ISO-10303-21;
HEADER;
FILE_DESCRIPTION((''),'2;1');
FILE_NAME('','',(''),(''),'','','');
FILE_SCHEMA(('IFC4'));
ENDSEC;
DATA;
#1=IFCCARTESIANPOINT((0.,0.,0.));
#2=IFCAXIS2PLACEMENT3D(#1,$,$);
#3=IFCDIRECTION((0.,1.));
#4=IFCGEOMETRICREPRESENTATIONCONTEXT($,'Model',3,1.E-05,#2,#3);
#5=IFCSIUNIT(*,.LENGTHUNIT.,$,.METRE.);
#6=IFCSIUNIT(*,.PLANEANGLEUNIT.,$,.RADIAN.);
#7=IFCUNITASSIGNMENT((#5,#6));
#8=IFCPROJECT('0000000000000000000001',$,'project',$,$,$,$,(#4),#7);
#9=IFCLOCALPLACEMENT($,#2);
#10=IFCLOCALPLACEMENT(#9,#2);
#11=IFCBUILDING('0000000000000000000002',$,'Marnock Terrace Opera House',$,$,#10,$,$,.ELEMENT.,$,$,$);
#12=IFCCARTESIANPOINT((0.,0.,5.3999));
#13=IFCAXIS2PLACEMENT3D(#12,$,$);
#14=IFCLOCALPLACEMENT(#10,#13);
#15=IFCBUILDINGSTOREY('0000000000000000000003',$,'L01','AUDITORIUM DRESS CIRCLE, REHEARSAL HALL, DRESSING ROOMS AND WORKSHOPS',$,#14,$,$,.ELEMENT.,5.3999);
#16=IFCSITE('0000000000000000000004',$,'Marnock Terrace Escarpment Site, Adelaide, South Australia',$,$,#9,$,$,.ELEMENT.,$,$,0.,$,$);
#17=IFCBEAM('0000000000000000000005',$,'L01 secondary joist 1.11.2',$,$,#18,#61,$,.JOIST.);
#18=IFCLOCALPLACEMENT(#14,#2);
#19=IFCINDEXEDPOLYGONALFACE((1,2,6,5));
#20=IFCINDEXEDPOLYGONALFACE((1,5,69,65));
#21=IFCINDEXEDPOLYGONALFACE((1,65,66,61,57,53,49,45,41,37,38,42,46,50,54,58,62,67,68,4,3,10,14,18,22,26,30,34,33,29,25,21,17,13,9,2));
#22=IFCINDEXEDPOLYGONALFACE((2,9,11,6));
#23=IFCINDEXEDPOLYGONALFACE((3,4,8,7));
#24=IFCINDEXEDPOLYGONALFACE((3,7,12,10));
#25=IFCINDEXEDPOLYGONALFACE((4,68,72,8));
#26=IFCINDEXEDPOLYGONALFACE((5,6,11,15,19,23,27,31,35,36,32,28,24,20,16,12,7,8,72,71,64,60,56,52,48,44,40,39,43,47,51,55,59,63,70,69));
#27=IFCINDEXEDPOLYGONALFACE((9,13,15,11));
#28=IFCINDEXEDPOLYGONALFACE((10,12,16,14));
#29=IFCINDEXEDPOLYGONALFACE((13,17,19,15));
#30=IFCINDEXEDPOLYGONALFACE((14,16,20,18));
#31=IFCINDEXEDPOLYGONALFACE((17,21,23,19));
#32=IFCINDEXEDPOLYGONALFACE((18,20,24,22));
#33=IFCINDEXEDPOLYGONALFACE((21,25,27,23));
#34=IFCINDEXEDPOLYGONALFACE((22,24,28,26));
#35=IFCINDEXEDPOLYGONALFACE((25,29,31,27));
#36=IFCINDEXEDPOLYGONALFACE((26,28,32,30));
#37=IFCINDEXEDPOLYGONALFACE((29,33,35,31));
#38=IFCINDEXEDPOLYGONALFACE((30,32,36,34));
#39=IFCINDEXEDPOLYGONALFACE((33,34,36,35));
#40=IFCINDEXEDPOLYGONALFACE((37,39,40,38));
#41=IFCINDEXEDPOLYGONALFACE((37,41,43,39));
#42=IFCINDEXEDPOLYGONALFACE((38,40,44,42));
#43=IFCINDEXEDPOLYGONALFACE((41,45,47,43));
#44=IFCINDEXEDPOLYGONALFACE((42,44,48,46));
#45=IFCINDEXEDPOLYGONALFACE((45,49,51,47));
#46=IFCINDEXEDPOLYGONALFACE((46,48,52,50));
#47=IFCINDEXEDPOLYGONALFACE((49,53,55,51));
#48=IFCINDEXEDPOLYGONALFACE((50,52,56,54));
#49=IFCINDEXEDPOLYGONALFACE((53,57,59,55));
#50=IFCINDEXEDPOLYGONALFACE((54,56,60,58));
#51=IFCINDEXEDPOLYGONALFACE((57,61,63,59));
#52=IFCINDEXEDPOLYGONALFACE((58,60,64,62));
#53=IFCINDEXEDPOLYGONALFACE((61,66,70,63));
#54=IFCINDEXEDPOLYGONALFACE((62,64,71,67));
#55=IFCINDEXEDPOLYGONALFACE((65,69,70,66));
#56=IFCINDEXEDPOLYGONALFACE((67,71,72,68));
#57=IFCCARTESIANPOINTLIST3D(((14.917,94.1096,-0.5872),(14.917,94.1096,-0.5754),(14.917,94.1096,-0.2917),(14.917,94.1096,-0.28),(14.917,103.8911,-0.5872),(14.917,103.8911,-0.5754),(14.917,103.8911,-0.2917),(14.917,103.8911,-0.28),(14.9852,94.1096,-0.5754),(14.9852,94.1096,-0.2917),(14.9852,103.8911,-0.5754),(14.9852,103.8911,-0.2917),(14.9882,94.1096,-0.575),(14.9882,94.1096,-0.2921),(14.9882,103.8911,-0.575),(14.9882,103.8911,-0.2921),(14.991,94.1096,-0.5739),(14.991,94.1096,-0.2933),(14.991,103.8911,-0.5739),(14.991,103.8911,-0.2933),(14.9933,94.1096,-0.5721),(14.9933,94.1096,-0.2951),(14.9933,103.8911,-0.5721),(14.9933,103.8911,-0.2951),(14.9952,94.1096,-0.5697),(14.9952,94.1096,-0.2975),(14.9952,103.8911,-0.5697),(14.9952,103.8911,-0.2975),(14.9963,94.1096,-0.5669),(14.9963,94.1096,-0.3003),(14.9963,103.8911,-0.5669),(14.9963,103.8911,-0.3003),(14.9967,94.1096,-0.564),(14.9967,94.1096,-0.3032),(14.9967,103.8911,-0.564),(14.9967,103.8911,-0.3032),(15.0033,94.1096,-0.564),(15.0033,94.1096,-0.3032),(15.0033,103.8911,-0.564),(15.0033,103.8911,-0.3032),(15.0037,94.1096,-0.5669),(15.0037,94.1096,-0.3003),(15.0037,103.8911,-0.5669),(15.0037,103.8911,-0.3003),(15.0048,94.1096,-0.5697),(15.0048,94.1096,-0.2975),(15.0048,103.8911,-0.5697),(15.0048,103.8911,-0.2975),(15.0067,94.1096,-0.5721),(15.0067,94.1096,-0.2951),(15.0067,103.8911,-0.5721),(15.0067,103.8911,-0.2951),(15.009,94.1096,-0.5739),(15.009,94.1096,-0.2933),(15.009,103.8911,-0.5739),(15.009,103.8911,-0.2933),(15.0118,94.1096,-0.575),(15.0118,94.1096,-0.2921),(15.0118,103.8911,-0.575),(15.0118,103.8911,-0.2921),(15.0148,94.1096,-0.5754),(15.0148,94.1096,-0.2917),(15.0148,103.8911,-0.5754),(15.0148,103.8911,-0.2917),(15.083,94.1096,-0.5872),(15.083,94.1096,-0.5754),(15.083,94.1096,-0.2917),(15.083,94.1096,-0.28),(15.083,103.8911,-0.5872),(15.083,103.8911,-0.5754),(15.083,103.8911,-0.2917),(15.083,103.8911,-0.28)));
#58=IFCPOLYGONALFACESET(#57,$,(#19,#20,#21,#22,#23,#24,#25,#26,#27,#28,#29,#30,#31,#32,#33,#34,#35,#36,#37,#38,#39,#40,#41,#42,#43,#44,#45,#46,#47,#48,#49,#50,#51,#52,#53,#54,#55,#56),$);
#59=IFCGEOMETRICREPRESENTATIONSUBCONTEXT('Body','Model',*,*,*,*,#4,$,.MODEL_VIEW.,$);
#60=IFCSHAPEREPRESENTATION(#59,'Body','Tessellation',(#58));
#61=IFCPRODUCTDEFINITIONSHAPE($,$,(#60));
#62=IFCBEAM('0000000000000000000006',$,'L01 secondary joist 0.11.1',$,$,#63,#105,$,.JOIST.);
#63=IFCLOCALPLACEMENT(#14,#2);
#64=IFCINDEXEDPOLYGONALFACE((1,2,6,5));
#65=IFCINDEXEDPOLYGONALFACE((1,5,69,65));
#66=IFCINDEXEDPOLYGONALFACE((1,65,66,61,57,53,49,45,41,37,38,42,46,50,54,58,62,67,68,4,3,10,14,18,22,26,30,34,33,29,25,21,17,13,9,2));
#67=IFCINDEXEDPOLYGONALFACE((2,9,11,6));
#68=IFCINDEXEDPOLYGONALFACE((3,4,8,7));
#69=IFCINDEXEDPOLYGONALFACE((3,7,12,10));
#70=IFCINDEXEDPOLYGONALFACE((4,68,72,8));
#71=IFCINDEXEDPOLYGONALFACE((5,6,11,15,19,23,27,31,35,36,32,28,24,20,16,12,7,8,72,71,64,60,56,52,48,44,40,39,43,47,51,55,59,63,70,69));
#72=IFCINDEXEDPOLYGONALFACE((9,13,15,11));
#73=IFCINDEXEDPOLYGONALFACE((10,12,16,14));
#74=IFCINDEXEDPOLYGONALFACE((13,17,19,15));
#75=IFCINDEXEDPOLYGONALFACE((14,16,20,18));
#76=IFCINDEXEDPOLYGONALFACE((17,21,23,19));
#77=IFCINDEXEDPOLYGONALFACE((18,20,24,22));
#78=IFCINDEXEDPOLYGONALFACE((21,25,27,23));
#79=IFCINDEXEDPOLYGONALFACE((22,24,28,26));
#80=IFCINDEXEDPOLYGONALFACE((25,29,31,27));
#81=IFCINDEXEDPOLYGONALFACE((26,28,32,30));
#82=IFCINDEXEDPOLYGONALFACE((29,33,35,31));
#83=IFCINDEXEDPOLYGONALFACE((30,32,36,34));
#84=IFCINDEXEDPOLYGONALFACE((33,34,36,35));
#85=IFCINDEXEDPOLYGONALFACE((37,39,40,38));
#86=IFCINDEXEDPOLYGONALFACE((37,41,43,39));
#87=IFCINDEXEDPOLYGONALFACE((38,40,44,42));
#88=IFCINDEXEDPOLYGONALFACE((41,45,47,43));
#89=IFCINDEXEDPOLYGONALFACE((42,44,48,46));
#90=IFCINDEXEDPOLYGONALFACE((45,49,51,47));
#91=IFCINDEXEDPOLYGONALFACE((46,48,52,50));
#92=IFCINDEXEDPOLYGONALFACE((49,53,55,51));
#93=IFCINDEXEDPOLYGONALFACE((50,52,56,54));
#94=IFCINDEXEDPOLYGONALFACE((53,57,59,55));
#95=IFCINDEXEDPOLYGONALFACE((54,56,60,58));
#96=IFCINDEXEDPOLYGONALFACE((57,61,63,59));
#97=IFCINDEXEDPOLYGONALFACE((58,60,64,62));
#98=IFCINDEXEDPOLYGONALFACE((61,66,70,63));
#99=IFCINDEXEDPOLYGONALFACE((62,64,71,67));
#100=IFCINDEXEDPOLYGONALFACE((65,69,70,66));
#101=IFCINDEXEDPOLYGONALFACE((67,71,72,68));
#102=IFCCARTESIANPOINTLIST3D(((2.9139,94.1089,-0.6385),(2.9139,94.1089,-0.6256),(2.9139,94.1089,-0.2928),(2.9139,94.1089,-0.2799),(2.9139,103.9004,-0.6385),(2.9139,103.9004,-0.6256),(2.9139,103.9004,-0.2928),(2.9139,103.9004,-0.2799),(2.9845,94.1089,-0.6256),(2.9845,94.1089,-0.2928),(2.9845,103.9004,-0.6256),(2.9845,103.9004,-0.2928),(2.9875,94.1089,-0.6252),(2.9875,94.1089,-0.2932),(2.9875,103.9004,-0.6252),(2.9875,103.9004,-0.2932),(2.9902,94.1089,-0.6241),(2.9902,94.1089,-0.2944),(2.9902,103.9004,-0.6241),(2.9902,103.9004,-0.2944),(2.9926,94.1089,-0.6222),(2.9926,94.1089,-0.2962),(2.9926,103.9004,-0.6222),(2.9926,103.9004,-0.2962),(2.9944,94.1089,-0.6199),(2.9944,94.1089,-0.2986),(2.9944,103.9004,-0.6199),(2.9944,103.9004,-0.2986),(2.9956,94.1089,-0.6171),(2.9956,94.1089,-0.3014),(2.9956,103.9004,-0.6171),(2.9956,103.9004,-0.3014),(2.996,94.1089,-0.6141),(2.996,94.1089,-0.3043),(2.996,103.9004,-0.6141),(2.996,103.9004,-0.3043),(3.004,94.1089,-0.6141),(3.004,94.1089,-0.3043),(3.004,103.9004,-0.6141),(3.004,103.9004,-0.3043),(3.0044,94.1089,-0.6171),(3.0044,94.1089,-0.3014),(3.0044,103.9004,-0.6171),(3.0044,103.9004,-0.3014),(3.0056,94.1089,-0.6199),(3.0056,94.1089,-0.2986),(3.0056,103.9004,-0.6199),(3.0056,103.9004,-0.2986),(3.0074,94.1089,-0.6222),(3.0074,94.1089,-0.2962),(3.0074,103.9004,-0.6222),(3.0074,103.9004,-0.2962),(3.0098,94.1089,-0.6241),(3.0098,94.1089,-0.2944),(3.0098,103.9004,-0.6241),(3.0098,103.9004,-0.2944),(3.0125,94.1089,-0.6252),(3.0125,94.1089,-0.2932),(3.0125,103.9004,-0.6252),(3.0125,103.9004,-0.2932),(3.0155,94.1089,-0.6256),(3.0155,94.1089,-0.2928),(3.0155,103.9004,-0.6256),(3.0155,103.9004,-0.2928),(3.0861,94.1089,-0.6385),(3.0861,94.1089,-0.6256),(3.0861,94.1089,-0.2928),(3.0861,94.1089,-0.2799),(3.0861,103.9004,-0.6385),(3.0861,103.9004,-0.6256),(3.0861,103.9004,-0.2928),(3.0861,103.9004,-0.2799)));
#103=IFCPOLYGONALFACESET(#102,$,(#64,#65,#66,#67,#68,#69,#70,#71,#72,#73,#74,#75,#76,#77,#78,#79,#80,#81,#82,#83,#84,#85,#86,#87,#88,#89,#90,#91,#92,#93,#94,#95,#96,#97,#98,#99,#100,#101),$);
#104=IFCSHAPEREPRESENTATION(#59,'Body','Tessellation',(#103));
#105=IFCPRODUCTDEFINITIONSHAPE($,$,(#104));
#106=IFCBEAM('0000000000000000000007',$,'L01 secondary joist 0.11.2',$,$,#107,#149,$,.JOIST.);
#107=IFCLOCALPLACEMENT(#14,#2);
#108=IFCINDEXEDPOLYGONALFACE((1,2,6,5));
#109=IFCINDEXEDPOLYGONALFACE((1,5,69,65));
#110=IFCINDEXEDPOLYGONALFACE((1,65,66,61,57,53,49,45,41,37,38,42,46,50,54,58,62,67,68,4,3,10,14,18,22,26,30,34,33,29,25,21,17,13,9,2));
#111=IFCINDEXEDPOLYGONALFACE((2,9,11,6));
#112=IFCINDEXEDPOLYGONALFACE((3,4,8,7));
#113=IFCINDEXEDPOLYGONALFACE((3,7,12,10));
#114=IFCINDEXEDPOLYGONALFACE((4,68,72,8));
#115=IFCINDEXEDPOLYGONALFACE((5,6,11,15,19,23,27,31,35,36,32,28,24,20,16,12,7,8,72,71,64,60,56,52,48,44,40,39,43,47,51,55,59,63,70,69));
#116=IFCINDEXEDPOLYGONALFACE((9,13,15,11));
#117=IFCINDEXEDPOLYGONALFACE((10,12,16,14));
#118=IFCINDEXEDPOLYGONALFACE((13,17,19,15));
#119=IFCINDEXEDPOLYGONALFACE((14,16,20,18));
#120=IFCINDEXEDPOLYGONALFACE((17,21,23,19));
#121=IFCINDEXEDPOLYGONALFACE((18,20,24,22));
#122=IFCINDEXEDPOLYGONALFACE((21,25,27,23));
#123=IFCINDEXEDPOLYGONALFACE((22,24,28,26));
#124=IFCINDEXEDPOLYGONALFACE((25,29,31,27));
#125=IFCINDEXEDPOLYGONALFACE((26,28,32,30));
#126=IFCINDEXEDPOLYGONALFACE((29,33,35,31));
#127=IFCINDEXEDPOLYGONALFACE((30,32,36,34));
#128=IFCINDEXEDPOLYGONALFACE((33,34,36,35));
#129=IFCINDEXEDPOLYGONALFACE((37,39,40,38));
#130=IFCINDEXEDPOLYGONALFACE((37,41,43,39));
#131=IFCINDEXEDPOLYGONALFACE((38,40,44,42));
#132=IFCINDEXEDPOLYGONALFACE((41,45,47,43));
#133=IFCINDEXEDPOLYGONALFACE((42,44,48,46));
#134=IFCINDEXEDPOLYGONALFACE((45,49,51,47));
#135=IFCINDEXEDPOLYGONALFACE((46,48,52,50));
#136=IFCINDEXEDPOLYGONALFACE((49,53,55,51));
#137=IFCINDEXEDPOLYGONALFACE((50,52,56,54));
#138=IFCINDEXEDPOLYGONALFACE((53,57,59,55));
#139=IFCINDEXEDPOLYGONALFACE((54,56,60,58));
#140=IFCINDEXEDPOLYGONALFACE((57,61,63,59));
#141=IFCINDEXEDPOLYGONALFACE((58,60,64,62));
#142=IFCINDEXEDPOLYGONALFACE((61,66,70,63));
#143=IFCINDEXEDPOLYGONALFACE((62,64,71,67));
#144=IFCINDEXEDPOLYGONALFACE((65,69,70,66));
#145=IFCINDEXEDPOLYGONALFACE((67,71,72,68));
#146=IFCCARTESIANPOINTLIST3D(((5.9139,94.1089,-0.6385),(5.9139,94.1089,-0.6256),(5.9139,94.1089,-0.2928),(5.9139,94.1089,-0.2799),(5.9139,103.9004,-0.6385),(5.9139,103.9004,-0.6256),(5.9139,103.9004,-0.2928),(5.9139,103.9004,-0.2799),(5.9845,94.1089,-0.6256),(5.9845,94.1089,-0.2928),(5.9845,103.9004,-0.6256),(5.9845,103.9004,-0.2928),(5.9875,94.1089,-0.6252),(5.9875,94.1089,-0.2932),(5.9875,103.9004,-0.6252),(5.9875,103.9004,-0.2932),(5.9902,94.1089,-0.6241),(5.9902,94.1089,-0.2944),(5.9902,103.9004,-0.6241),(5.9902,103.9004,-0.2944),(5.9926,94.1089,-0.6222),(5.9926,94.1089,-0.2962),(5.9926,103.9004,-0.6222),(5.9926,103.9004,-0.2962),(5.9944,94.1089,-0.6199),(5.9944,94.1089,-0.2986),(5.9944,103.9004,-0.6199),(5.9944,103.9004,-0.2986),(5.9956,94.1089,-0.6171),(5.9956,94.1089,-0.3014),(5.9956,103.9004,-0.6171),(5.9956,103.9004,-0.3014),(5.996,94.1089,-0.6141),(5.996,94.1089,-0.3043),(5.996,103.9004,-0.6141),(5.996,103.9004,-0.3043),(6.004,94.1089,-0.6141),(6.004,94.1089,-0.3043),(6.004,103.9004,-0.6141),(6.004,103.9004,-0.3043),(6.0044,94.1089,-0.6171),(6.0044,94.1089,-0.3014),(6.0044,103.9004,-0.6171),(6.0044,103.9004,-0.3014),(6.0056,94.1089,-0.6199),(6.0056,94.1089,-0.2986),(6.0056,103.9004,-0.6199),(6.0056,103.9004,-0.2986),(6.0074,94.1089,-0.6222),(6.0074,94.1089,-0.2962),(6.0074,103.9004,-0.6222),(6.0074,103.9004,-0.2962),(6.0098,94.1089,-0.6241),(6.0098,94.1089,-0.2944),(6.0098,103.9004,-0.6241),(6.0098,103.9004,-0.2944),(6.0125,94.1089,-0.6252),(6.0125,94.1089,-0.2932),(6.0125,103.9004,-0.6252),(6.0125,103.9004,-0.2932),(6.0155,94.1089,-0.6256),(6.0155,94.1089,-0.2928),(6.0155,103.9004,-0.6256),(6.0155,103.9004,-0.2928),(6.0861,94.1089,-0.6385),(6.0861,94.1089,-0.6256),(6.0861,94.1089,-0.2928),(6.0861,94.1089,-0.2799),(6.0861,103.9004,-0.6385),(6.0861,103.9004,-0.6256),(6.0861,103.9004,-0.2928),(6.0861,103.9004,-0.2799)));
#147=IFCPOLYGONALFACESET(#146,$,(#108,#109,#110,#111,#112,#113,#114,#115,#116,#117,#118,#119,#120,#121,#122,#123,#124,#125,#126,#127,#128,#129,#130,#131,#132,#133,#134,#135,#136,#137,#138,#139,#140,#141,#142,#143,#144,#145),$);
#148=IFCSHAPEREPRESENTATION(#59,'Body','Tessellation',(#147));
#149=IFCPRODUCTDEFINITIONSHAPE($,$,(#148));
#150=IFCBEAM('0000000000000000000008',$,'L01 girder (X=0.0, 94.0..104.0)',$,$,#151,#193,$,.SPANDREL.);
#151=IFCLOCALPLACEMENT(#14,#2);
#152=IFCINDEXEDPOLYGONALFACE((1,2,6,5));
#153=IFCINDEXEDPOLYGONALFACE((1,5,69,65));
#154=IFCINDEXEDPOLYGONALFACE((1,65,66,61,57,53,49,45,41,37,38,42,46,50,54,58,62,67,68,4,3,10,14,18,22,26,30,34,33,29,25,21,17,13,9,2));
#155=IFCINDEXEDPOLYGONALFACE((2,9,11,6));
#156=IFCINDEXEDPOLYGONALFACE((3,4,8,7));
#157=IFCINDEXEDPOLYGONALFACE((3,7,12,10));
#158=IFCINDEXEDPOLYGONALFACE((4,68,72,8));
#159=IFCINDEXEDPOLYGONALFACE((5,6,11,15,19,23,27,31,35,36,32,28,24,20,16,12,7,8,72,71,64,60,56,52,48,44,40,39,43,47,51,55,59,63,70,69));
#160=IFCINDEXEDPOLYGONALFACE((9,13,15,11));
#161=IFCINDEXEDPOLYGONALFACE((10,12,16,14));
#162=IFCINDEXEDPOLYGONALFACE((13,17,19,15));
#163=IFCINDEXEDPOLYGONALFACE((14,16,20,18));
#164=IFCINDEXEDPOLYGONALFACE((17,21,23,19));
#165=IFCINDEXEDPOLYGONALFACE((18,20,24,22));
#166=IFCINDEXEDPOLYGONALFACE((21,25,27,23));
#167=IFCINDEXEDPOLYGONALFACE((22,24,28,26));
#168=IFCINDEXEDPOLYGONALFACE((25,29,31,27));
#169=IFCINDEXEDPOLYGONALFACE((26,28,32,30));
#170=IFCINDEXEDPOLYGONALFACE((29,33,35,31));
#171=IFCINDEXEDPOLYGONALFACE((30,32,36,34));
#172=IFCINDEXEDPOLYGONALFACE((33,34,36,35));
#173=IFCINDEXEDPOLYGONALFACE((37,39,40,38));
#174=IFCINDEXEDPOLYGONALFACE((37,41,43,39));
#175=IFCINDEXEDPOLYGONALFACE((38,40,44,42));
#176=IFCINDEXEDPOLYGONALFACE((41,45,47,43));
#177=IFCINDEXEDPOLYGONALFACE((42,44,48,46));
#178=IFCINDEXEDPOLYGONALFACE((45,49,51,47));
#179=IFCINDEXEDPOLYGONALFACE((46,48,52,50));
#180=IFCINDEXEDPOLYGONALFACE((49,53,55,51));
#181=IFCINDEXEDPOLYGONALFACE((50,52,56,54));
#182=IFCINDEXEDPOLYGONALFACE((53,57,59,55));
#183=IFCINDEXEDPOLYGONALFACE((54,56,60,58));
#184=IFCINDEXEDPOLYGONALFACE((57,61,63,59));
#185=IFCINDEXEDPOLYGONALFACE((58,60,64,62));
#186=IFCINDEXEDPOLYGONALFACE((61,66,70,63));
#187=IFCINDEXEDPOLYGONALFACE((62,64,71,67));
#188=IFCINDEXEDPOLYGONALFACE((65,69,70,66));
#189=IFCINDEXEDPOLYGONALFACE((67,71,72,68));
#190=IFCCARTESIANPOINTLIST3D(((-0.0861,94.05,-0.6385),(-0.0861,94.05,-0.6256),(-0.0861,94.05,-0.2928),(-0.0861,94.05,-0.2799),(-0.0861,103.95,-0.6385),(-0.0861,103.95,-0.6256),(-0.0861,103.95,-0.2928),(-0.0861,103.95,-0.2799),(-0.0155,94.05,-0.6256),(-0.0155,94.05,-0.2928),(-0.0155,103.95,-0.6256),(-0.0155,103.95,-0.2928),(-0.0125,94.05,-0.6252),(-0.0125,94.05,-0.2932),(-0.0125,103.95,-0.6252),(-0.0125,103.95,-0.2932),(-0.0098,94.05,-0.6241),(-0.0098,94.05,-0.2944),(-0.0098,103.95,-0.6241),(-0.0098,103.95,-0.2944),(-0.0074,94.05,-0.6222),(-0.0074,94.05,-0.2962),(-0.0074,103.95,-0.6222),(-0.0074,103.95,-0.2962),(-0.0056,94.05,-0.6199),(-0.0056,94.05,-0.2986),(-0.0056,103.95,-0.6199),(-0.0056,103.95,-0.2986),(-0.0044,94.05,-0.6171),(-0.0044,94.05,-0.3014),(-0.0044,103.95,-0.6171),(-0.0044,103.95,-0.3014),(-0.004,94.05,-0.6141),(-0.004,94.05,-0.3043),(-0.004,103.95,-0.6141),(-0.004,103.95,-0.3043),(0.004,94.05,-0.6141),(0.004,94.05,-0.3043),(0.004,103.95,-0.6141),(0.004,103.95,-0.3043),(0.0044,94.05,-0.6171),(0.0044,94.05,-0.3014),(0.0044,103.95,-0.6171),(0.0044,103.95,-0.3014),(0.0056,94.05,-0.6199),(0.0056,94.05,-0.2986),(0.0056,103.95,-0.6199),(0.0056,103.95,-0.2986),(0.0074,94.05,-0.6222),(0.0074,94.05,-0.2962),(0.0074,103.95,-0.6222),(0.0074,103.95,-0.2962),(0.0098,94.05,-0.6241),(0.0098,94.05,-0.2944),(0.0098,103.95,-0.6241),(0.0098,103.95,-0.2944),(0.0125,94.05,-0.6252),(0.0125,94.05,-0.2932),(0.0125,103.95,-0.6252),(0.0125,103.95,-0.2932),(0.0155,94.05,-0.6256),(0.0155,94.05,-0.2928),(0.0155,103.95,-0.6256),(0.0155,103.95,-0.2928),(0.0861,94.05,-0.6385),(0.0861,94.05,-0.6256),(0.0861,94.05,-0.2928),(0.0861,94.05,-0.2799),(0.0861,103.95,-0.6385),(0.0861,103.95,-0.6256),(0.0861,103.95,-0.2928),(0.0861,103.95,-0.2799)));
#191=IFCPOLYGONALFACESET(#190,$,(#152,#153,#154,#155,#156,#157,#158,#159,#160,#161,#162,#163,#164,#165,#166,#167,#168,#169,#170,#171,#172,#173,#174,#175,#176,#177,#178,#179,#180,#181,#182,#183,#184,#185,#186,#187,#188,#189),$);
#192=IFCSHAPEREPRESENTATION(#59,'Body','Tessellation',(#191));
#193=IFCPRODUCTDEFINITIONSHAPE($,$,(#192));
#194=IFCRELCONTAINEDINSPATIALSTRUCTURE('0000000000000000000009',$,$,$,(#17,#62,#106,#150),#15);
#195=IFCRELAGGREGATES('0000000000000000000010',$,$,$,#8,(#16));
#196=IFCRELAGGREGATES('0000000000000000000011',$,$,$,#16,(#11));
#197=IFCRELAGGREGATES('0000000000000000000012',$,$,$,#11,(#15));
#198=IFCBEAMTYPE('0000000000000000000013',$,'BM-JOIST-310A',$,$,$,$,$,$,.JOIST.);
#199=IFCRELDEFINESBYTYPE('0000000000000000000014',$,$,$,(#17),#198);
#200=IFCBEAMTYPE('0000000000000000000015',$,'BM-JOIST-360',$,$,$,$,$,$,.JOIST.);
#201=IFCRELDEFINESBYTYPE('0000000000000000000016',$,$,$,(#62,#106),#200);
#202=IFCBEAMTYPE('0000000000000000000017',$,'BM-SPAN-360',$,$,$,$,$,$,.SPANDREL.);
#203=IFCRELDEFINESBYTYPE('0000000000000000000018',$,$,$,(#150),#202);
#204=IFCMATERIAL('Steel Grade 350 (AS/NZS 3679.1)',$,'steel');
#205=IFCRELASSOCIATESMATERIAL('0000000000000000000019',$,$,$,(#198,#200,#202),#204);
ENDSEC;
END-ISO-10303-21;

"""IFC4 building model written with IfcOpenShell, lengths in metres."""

from ifc_helpers import new_model, si_unit, direction, frame, origin, origin_2d, place, context, subcontext, project, spatial, i_section, extrude, material, material_profile, profile_set, type_object, element, save


model = new_model("IFC4")

# Units and contexts
model_context = context("Model", 3, precision=1e-05, world=origin(), true_north=direction((0.0, 1.0)))
body_context = subcontext(model_context, "Body", "Model", "MODEL_VIEW")
ifc_project = project(units=[si_unit("LENGTHUNIT", "METRE"), si_unit("PLANEANGLEUNIT", "RADIAN")], contexts=[model_context])

# Site, building, storey
site_placement = place(None, origin())
site = spatial("IfcSite", under=ifc_project, at=site_placement, Name="Marnock Terrace Escarpment Site, Adelaide, South Australia", CompositionType="ELEMENT", RefElevation=0.0)
building_placement = place(site_placement, origin())
building = spatial("IfcBuilding", under=site, at=building_placement, Name="Marnock Terrace Opera House", CompositionType="ELEMENT")
storey_placement = place(building_placement, frame((0.0, 0.0, 5.3999)))
storey = spatial("IfcBuildingStorey", under=building, at=storey_placement, Name="L01", Description="AUDITORIUM DRESS CIRCLE, REHEARSAL HALL, DRESSING ROOMS AND WORKSHOPS", CompositionType="ELEMENT", Elevation=5.3999)

# Beams
ifc_material_1 = material(Name="Steel Grade 350 (AS/NZS 3679.1)", Category="steel")
ifc_material_profile_1 = material_profile(ifc_material_1, i_section(OverallWidth=0.166, OverallDepth=0.3071, WebThickness=0.0066, FlangeThickness=0.0117, FilletRadius=0.0115, at=origin_2d()))
ifc_profile_set_1 = profile_set([ifc_material_profile_1], Name="Steel Grade 350 (AS/NZS 3679.1)")
beam_type_1 = type_object("IfcBeamType", Name="BM-JOIST-310A", PredefinedType="JOIST", material=ifc_profile_set_1)
for number, where, z_axis, x_axis, name in (
    (1, (15.0, 94.1096, -0.4336), (0.0, 1.0, 0.0), (-1.0, 0.0, 0.0), "L01 secondary joist 1.11.2"),
):
    element("IfcBeam", number, at=place(storey_placement, frame(where, z_axis=z_axis, x_axis=x_axis)), inside=storey, type_object=beam_type_1, Name=name, PredefinedType="JOIST", context=body_context, shape_type="SweptSolid", body=[
        extrude(i_section(OverallWidth=0.166, OverallDepth=0.3071, WebThickness=0.0066, FlangeThickness=0.0117, FilletRadius=0.0115, at=origin_2d()), origin(), (0.0, 0.0, 1.0), 9.7815),
    ])
ifc_material_profile_2 = material_profile(ifc_material_1, i_section(OverallWidth=0.1721, OverallDepth=0.3586, WebThickness=0.0081, FlangeThickness=0.0129, FilletRadius=0.0115, at=origin_2d()))
ifc_profile_set_2 = profile_set([ifc_material_profile_2], Name="Steel Grade 350 (AS/NZS 3679.1)")
beam_type_2 = type_object("IfcBeamType", Name="BM-JOIST-360", PredefinedType="JOIST", material=ifc_profile_set_2)
for number, where, z_axis, x_axis, name in (
    (2, (3.0, 94.1089, -0.4592), (0.0, 1.0, 0.0), (-1.0, 0.0, 0.0), "L01 secondary joist 0.11.1"),
    (3, (6.0, 94.1089, -0.4592), (0.0, 1.0, 0.0), (-1.0, 0.0, 0.0), "L01 secondary joist 0.11.2"),
):
    element("IfcBeam", number, at=place(storey_placement, frame(where, z_axis=z_axis, x_axis=x_axis)), inside=storey, type_object=beam_type_2, Name=name, PredefinedType="JOIST", context=body_context, shape_type="SweptSolid", body=[
        extrude(i_section(OverallWidth=0.1721, OverallDepth=0.3586, WebThickness=0.0081, FlangeThickness=0.0129, FilletRadius=0.0115, at=origin_2d()), origin(), (0.0, 0.0, 1.0), 9.7915),
    ])
ifc_material_profile_3 = material_profile(ifc_material_1, i_section(OverallWidth=0.1721, OverallDepth=0.3586, WebThickness=0.0081, FlangeThickness=0.0129, FilletRadius=0.0115, at=origin_2d()))
ifc_profile_set_3 = profile_set([ifc_material_profile_3], Name="Steel Grade 350 (AS/NZS 3679.1)")
beam_type_3 = type_object("IfcBeamType", Name="BM-SPAN-360", PredefinedType="SPANDREL", material=ifc_profile_set_3)
for number, where, z_axis, x_axis, name in (
    (4, (0.0, 94.05, -0.4592), (0.0, 1.0, 0.0), (-1.0, 0.0, 0.0), "L01 girder (X=0.0, 94.0..104.0)"),
):
    element("IfcBeam", number, at=place(storey_placement, frame(where, z_axis=z_axis, x_axis=x_axis)), inside=storey, type_object=beam_type_3, Name=name, PredefinedType="SPANDREL", context=body_context, shape_type="SweptSolid", body=[
        extrude(i_section(OverallWidth=0.1721, OverallDepth=0.3586, WebThickness=0.0081, FlangeThickness=0.0129, FilletRadius=0.0115, at=origin_2d()), origin(), (0.0, 0.0, 1.0), 9.8999),
    ])

save(model, "model.ifc")
